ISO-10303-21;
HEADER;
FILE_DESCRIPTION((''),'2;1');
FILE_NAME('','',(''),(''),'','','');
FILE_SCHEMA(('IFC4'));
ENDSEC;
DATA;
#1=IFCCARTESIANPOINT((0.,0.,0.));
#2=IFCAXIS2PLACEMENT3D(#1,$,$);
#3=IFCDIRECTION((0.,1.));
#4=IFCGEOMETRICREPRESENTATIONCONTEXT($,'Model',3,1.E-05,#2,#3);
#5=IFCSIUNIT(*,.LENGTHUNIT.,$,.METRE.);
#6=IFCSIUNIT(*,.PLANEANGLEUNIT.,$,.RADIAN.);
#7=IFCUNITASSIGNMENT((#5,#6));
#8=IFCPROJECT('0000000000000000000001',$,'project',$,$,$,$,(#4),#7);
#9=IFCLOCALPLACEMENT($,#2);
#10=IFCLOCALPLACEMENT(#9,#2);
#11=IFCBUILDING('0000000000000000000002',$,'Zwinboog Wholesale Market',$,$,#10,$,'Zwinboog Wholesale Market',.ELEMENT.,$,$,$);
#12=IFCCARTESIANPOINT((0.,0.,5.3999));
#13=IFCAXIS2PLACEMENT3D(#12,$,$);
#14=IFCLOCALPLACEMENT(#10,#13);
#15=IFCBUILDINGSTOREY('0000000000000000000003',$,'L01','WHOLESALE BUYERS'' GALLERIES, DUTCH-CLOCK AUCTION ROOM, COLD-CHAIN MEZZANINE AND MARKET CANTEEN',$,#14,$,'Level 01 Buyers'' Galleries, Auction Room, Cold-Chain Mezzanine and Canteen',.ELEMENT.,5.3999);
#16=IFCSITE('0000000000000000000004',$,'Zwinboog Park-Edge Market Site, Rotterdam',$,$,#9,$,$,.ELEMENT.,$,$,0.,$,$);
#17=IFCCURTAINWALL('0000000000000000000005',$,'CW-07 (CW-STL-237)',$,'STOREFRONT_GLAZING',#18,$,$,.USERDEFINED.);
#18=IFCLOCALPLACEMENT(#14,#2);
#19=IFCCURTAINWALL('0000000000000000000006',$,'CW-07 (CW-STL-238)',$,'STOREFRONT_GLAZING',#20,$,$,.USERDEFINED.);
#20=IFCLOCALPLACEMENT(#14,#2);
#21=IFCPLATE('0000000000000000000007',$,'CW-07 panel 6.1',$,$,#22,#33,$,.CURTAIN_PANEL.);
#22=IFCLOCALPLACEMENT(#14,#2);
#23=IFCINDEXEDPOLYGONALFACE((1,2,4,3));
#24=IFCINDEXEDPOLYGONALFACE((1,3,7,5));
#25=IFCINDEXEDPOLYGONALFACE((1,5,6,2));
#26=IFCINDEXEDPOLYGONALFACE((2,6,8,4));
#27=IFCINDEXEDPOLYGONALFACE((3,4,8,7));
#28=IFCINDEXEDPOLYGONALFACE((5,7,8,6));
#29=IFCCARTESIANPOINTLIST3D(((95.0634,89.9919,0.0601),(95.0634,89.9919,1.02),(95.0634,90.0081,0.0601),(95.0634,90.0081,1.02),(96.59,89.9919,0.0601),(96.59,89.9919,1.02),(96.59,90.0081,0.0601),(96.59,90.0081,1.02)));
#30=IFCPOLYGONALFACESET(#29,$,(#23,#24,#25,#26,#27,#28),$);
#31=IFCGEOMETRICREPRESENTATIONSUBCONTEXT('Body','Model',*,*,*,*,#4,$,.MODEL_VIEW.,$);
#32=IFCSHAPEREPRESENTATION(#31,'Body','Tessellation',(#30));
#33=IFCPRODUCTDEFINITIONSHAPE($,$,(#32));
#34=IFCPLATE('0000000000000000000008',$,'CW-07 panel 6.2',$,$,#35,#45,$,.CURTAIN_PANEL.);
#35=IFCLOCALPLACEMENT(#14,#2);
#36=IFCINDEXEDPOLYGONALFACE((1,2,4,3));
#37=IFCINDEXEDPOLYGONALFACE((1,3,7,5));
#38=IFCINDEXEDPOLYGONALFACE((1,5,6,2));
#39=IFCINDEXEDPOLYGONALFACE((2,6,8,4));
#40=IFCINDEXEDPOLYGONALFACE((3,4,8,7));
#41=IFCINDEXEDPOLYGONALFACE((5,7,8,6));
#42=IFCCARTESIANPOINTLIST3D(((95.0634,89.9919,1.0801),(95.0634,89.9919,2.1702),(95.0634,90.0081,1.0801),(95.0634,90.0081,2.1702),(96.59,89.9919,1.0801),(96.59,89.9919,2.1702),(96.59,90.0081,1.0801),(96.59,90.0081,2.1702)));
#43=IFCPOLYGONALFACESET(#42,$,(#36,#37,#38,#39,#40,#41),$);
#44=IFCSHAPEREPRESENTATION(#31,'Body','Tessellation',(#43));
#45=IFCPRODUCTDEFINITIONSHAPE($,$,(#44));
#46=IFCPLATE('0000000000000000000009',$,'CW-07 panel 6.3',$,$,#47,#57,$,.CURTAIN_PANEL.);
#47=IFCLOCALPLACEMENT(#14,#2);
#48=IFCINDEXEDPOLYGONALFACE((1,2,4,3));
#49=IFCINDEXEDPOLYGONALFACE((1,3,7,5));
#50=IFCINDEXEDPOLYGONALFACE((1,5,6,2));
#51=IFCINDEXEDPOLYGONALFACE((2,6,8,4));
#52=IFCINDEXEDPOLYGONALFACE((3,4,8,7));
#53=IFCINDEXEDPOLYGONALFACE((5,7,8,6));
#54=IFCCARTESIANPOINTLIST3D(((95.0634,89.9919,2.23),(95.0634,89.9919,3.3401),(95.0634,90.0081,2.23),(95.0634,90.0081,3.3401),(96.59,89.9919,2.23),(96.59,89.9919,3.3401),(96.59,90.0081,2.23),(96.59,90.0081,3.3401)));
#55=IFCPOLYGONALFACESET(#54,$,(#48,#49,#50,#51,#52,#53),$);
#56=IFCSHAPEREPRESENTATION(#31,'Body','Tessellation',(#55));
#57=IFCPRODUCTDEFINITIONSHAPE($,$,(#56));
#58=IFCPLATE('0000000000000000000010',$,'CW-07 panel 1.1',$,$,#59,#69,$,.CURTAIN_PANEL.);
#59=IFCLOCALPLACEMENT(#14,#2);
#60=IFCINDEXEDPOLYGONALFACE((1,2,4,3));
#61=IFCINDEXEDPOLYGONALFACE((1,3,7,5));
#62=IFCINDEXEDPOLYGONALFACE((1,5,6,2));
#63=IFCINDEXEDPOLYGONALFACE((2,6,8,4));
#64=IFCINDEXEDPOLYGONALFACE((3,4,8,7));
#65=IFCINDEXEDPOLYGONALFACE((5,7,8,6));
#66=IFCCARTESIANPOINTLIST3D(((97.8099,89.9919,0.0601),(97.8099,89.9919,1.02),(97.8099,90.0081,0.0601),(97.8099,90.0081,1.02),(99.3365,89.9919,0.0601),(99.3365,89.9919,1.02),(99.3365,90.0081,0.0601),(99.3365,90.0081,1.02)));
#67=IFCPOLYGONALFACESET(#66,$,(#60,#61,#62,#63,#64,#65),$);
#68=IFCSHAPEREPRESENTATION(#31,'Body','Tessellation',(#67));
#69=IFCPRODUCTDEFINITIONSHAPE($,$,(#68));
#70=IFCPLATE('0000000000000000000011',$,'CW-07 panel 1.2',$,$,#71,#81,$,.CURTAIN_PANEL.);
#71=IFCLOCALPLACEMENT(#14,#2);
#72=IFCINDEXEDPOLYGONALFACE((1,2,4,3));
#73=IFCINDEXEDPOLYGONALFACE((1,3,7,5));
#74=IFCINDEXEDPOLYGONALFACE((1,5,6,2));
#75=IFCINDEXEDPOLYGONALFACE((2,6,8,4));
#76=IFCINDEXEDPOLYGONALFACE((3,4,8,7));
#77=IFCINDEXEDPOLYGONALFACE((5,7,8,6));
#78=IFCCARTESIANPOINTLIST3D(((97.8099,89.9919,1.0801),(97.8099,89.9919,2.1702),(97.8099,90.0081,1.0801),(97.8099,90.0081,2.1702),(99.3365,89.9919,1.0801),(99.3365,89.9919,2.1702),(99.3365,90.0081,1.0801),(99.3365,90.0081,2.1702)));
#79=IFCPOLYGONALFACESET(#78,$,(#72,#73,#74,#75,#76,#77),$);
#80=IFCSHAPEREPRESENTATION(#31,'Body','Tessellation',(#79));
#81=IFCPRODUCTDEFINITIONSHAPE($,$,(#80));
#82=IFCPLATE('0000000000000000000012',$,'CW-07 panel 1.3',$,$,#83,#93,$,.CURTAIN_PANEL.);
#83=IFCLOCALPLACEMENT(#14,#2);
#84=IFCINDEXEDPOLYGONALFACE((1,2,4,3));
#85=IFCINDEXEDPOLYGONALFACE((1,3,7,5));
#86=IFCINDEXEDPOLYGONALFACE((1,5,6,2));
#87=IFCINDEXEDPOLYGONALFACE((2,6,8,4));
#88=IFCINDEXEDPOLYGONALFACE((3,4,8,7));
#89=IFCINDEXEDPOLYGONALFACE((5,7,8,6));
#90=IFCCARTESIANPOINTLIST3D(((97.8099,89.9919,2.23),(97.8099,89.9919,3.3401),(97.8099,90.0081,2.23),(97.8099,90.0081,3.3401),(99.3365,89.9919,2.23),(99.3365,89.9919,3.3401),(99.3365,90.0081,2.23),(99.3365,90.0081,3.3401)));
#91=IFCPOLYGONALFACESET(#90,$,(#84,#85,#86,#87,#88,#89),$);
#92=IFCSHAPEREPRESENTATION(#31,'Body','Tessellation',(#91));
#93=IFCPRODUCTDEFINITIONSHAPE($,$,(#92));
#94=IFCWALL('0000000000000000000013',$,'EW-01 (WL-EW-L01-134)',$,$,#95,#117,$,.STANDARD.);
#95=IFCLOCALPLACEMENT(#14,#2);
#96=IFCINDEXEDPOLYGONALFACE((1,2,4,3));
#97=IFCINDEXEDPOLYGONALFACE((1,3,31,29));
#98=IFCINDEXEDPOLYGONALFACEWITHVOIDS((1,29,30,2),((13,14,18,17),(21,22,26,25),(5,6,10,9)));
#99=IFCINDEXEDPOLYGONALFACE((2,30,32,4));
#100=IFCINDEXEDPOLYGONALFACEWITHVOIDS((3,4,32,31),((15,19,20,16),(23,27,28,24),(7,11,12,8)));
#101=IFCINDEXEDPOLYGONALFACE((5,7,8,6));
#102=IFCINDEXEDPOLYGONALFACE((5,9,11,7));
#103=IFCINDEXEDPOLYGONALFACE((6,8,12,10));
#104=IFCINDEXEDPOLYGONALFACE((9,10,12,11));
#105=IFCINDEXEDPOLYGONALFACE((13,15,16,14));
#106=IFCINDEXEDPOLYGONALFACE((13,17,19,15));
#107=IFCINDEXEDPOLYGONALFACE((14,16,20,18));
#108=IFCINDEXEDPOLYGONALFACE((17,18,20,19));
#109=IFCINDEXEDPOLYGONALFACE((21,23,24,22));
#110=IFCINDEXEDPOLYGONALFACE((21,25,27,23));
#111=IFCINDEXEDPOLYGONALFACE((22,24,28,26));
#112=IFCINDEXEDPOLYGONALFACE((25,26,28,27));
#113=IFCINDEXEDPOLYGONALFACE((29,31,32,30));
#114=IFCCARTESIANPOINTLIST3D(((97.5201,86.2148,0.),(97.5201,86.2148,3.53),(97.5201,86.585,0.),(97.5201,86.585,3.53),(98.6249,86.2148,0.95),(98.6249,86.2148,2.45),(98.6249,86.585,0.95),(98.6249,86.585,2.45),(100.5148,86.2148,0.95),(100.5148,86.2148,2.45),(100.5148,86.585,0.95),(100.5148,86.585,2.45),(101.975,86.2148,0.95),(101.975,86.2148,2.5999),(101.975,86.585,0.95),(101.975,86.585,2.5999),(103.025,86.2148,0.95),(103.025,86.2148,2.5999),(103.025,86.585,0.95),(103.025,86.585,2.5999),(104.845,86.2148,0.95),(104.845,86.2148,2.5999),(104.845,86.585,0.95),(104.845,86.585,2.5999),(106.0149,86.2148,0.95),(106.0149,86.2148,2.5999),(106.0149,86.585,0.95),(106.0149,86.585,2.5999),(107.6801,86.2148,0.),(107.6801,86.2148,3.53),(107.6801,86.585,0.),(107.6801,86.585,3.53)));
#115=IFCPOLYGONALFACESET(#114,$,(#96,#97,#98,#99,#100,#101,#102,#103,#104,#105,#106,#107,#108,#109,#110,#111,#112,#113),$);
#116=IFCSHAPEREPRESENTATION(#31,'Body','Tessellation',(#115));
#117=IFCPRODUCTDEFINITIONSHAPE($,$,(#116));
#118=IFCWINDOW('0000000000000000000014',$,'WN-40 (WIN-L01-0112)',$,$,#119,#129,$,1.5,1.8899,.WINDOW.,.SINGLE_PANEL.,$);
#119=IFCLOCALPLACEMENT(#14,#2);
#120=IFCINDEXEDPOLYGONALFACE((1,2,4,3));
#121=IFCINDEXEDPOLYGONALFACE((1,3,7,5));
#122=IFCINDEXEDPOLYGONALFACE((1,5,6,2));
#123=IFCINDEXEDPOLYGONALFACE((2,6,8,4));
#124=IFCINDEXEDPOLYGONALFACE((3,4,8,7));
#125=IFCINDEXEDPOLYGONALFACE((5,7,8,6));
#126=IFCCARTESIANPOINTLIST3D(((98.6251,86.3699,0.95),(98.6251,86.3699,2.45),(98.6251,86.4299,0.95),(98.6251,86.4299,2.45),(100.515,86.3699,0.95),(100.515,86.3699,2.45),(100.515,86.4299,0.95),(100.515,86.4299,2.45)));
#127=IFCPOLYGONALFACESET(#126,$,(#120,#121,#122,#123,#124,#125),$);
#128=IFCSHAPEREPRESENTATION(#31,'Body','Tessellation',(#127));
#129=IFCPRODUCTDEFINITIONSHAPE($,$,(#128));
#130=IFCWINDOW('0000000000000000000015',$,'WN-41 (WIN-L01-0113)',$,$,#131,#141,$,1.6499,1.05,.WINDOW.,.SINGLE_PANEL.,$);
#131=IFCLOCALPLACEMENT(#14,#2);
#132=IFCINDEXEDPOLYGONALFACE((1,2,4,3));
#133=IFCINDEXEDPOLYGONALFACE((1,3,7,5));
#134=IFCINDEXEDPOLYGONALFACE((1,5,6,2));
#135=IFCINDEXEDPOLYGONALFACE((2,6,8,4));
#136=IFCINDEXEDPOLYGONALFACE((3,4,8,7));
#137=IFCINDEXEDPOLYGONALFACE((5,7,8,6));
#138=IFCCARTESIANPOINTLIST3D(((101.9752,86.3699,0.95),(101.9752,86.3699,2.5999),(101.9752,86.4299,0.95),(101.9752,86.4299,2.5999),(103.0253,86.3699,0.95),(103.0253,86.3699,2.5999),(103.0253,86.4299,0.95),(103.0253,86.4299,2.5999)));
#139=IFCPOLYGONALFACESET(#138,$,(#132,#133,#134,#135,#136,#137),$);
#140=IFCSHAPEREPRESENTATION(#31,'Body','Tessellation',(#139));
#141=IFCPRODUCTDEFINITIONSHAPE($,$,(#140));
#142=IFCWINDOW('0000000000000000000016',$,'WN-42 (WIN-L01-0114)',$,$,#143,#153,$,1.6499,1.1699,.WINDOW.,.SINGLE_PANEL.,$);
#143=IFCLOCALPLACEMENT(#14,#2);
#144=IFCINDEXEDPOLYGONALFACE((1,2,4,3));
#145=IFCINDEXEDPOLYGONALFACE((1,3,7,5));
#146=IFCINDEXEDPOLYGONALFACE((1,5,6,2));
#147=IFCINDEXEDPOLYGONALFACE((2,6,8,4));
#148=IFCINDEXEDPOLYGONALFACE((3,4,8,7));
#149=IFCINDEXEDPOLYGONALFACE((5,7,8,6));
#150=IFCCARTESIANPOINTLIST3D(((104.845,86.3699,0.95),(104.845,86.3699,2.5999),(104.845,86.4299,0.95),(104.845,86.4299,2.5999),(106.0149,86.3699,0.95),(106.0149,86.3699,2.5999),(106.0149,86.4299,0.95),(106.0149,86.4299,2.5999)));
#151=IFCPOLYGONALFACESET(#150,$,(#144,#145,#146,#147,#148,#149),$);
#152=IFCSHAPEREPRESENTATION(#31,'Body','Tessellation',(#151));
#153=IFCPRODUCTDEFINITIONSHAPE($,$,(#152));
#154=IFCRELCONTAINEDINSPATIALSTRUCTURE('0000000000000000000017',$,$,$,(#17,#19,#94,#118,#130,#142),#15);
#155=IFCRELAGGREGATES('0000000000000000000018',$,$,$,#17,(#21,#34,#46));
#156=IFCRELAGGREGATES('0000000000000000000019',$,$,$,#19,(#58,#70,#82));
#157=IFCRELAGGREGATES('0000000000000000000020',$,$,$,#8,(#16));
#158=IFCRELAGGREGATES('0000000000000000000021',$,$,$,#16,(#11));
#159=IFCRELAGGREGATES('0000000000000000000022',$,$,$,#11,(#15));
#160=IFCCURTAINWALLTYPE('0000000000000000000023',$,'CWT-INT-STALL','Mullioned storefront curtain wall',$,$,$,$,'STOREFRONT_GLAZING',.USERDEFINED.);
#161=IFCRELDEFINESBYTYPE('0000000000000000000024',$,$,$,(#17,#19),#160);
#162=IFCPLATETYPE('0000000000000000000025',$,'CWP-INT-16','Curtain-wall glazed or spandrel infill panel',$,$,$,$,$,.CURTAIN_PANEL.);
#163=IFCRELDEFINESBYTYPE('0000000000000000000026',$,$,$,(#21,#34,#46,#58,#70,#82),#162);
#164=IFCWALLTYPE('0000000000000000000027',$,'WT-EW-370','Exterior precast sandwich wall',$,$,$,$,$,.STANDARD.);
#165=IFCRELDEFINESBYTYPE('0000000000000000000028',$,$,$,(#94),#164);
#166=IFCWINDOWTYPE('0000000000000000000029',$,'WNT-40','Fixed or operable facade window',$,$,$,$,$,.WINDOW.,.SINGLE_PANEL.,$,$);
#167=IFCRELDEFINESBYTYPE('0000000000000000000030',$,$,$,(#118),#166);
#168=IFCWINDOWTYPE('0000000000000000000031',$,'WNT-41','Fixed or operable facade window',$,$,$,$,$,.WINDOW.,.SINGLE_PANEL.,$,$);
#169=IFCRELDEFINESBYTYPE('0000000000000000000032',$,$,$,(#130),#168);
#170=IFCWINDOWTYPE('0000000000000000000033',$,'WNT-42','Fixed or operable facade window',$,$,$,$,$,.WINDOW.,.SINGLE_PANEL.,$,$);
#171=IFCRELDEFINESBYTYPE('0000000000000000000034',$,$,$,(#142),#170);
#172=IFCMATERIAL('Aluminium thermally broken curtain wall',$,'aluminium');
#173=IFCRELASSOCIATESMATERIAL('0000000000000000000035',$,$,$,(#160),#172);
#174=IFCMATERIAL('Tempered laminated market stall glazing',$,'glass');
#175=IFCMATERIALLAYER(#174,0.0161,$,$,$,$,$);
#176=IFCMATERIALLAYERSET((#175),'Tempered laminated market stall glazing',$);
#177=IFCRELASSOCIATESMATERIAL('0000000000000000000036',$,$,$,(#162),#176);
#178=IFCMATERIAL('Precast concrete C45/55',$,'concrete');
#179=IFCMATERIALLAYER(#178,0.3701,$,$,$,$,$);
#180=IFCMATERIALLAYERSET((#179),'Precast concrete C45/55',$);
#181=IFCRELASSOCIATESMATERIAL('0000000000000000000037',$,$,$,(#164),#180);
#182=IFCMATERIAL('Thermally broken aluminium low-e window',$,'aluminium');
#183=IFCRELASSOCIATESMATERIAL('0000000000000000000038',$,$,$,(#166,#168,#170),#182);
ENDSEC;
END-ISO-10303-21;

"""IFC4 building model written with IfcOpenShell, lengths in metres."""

from ifc_helpers import new_model, si_unit, direction, frame, frame_2d, origin, origin_2d, place, context, subcontext, project, spatial, rectangle, extrude, material, layer, layer_set, type_object, element, fill, aggregate, save


model = new_model("IFC4")

# Units and contexts
model_context = context("Model", 3, precision=1e-05, world=origin(), true_north=direction((0.0, 1.0)))
body_context = subcontext(model_context, "Body", "Model", "MODEL_VIEW")
ifc_project = project(units=[si_unit("LENGTHUNIT", "METRE"), si_unit("PLANEANGLEUNIT", "RADIAN")], contexts=[model_context])

# Site, building, storey
site_placement = place(None, origin())
site = spatial("IfcSite", under=ifc_project, at=site_placement, Name="Zwinboog Park-Edge Market Site, Rotterdam", CompositionType="ELEMENT", RefElevation=0.0)
building_placement = place(site_placement, origin())
building = spatial("IfcBuilding", under=site, at=building_placement, Name="Zwinboog Wholesale Market", LongName="Zwinboog Wholesale Market", CompositionType="ELEMENT")
storey_placement = place(building_placement, frame((0.0, 0.0, 5.3999)))
storey = spatial("IfcBuildingStorey", under=building, at=storey_placement, Name="L01", Description="WHOLESALE BUYERS' GALLERIES, DUTCH-CLOCK AUCTION ROOM, COLD-CHAIN MEZZANINE AND MARKET CANTEEN", LongName="Level 01 Buyers' Galleries, Auction Room, Cold-Chain Mezzanine and Canteen", CompositionType="ELEMENT", Elevation=5.3999)

# Shared definitions
ifc_material_1 = material(Name="Precast concrete C45/55", Category="concrete")

# Curtain wall
ifc_material_2 = material(Name="Aluminium thermally broken curtain wall", Category="aluminium")
curtain_wall_type_1 = type_object("IfcCurtainWallType", Name="CWT-INT-STALL", Description="Mullioned storefront curtain wall", ElementType="STOREFRONT_GLAZING", PredefinedType="USERDEFINED", material=ifc_material_2)
curtain_wall_1_placement = place(storey_placement, origin())
curtain_wall_1 = element("IfcCurtainWall", 1, at=curtain_wall_1_placement, inside=storey, type_object=curtain_wall_type_1, Name="CW-07 (CW-STL-237)", ObjectType="STOREFRONT_GLAZING", PredefinedType="USERDEFINED")

# Curtain wall
curtain_wall_2_placement = place(storey_placement, origin())
curtain_wall_2 = element("IfcCurtainWall", 2, at=curtain_wall_2_placement, inside=storey, type_object=curtain_wall_type_1, Name="CW-07 (CW-STL-238)", ObjectType="STOREFRONT_GLAZING", PredefinedType="USERDEFINED")

# Plates
ifc_material_3 = material(Name="Tempered laminated market stall glazing", Category="glass")
ifc_layer_1 = layer(ifc_material_3, 0.0161)
ifc_layer_set_1 = layer_set([ifc_layer_1], Name="Tempered laminated market stall glazing")
plate_type_1 = type_object("IfcPlateType", Name="CWP-INT-16", Description="Curtain-wall glazed or spandrel infill panel", PredefinedType="CURTAIN_PANEL", material=ifc_layer_set_1)
plate_1_placement = place(storey_placement, frame((95.8267, 90.0, 0.0601), z_axis=(0.0, 0.0, 1.0), x_axis=(1.0, 0.0, 0.0)))
plate_1 = element("IfcPlate", 3, at=plate_1_placement, type_object=plate_type_1, Name="CW-07 panel 6.1", PredefinedType="CURTAIN_PANEL", context=body_context, shape_type="SweptSolid", body=[
    extrude(rectangle(XDim=1.5266, YDim=0.0161, at=origin_2d()), origin(), (0.0, 0.0, 1.0), 0.96),
])
plate_2_placement = place(storey_placement, frame((95.8267, 90.0, 1.0801), z_axis=(0.0, 0.0, 1.0), x_axis=(1.0, 0.0, 0.0)))
plate_2 = element("IfcPlate", 4, at=plate_2_placement, type_object=plate_type_1, Name="CW-07 panel 6.2", PredefinedType="CURTAIN_PANEL", context=body_context, shape_type="SweptSolid", body=[
    extrude(rectangle(XDim=1.5266, YDim=0.0161, at=origin_2d()), origin(), (0.0, 0.0, 1.0), 1.0901),
])
plate_3_placement = place(storey_placement, frame((95.8267, 90.0, 2.23), z_axis=(0.0, 0.0, 1.0), x_axis=(1.0, 0.0, 0.0)))
plate_3 = element("IfcPlate", 5, at=plate_3_placement, type_object=plate_type_1, Name="CW-07 panel 6.3", PredefinedType="CURTAIN_PANEL", context=body_context, shape_type="SweptSolid", body=[
    extrude(rectangle(XDim=1.5266, YDim=0.0161, at=origin_2d()), origin(), (0.0, 0.0, 1.0), 1.1101),
])
aggregate(curtain_wall_1, [plate_1, plate_2, plate_3])
plate_4_placement = place(storey_placement, frame((98.5732, 90.0, 0.0601), z_axis=(0.0, 0.0, 1.0), x_axis=(1.0, 0.0, 0.0)))
plate_4 = element("IfcPlate", 6, at=plate_4_placement, type_object=plate_type_1, Name="CW-07 panel 1.1", PredefinedType="CURTAIN_PANEL", context=body_context, shape_type="SweptSolid", body=[
    extrude(rectangle(XDim=1.5266, YDim=0.0161, at=origin_2d()), origin(), (0.0, 0.0, 1.0), 0.96),
])
plate_5_placement = place(storey_placement, frame((98.5732, 90.0, 1.0801), z_axis=(0.0, 0.0, 1.0), x_axis=(1.0, 0.0, 0.0)))
plate_5 = element("IfcPlate", 7, at=plate_5_placement, type_object=plate_type_1, Name="CW-07 panel 1.2", PredefinedType="CURTAIN_PANEL", context=body_context, shape_type="SweptSolid", body=[
    extrude(rectangle(XDim=1.5266, YDim=0.0161, at=origin_2d()), origin(), (0.0, 0.0, 1.0), 1.0901),
])
plate_6_placement = place(storey_placement, frame((98.5732, 90.0, 2.23), z_axis=(0.0, 0.0, 1.0), x_axis=(1.0, 0.0, 0.0)))
plate_6 = element("IfcPlate", 8, at=plate_6_placement, type_object=plate_type_1, Name="CW-07 panel 1.3", PredefinedType="CURTAIN_PANEL", context=body_context, shape_type="SweptSolid", body=[
    extrude(rectangle(XDim=1.5266, YDim=0.0161, at=origin_2d()), origin(), (0.0, 0.0, 1.0), 1.1101),
])
aggregate(curtain_wall_2, [plate_4, plate_5, plate_6])

# Wall, openings, windows
ifc_layer_2 = layer(ifc_material_1, 0.3701)
ifc_layer_set_2 = layer_set([ifc_layer_2], Name="Precast concrete C45/55")
wall_type = type_object("IfcWallType", Name="WT-EW-370", Description="Exterior precast sandwich wall", PredefinedType="STANDARD", material=ifc_layer_set_2)
wall_placement = place(storey_placement, frame((97.52, 86.3999, 0.0), z_axis=(0.0, 0.0, 1.0), x_axis=(1.0, 0.0, 0.0)))
wall = element("IfcWall", 9, at=wall_placement, inside=storey, type_object=wall_type, Name="EW-01 (WL-EW-L01-134)", PredefinedType="STANDARD", context=body_context, shape_type="SweptSolid", body=[
    extrude(rectangle(XDim=10.1599, YDim=0.3701, at=frame_2d((5.0801, 0.0))), origin(), (0.0, 0.0, 1.0), 3.53),
])
opening_1_placement = place(wall_placement, frame((1.105, 0.0, 0.95)))
opening_1 = element("IfcOpeningElement", 10, at=opening_1_placement, cuts=wall, PredefinedType="OPENING", context=body_context, shape_type="SweptSolid", body=[
    extrude(rectangle(XDim=1.8899, YDim=1.5, at=frame_2d((0.9448, 0.75))), frame((0.0, 0.1951, 0.0), z_axis=(0.0, -1.0, 0.0), x_axis=(1.0, 0.0, 0.0)), (0.0, 0.0, 1.0), 0.3901),
])
opening_2_placement = place(wall_placement, frame((4.4551, 0.0, 0.95)))
opening_2 = element("IfcOpeningElement", 11, at=opening_2_placement, cuts=wall, PredefinedType="OPENING", context=body_context, shape_type="SweptSolid", body=[
    extrude(rectangle(XDim=1.05, YDim=1.6499, at=frame_2d((0.5249, 0.825))), frame((0.0, 0.1951, 0.0), z_axis=(0.0, -1.0, 0.0), x_axis=(1.0, 0.0, 0.0)), (0.0, 0.0, 1.0), 0.3901),
])
opening_3_placement = place(wall_placement, frame((7.325, 0.0, 0.95)))
opening_3 = element("IfcOpeningElement", 12, at=opening_3_placement, cuts=wall, PredefinedType="OPENING", context=body_context, shape_type="SweptSolid", body=[
    extrude(rectangle(XDim=1.1699, YDim=1.6499, at=frame_2d((0.585, 0.825))), frame((0.0, 0.1951, 0.0), z_axis=(0.0, -1.0, 0.0), x_axis=(1.0, 0.0, 0.0)), (0.0, 0.0, 1.0), 0.3901),
])
ifc_material_4 = material(Name="Thermally broken aluminium low-e window", Category="aluminium")
window_type_1 = type_object("IfcWindowType", Name="WNT-40", Description="Fixed or operable facade window", PartitioningType="SINGLE_PANEL", PredefinedType="WINDOW", material=ifc_material_4)
window_1_placement = place(opening_1_placement, frame((1.8899, 0.0, 0.0), z_axis=(0.0, 0.0, 1.0), x_axis=(-1.0, 0.0, 0.0)))
window_1 = element("IfcWindow", 13, at=window_1_placement, inside=storey, type_object=window_type_1, Name="WN-40 (WIN-L01-0112)", OverallHeight=1.5, OverallWidth=1.8899, PartitioningType="SINGLE_PANEL", PredefinedType="WINDOW", context=body_context, shape_type="SweptSolid", body=[
    extrude(rectangle(XDim=1.8899, YDim=1.5, at=frame_2d((0.9448, 0.75))), frame((0.0, 0.03, 0.0), z_axis=(0.0, -1.0, 0.0), x_axis=(1.0, 0.0, 0.0)), (0.0, 0.0, 1.0), 0.0601),
])
fill(opening_1, window_1)
window_type_2 = type_object("IfcWindowType", Name="WNT-41", Description="Fixed or operable facade window", PartitioningType="SINGLE_PANEL", PredefinedType="WINDOW", material=ifc_material_4)
window_2_placement = place(opening_2_placement, frame((1.05, 0.0, 0.0), z_axis=(0.0, 0.0, 1.0), x_axis=(-1.0, 0.0, 0.0)))
window_2 = element("IfcWindow", 14, at=window_2_placement, inside=storey, type_object=window_type_2, Name="WN-41 (WIN-L01-0113)", OverallHeight=1.6499, OverallWidth=1.05, PartitioningType="SINGLE_PANEL", PredefinedType="WINDOW", context=body_context, shape_type="SweptSolid", body=[
    extrude(rectangle(XDim=1.05, YDim=1.6499, at=frame_2d((0.5249, 0.825))), frame((0.0, 0.03, 0.0), z_axis=(0.0, -1.0, 0.0), x_axis=(1.0, 0.0, 0.0)), (0.0, 0.0, 1.0), 0.0601),
])
fill(opening_2, window_2)
window_type_3 = type_object("IfcWindowType", Name="WNT-42", Description="Fixed or operable facade window", PartitioningType="SINGLE_PANEL", PredefinedType="WINDOW", material=ifc_material_4)
window_3_placement = place(opening_3_placement, frame((1.1699, 0.0, 0.0), z_axis=(0.0, 0.0, 1.0), x_axis=(-1.0, 0.0, 0.0)))
window_3 = element("IfcWindow", 15, at=window_3_placement, inside=storey, type_object=window_type_3, Name="WN-42 (WIN-L01-0114)", OverallHeight=1.6499, OverallWidth=1.1699, PartitioningType="SINGLE_PANEL", PredefinedType="WINDOW", context=body_context, shape_type="SweptSolid", body=[
    extrude(rectangle(XDim=1.1699, YDim=1.6499, at=frame_2d((0.585, 0.825))), frame((0.0, 0.03, 0.0), z_axis=(0.0, -1.0, 0.0), x_axis=(1.0, 0.0, 0.0)), (0.0, 0.0, 1.0), 0.0601),
])
fill(opening_3, window_3)

save(model, "model.ifc")
